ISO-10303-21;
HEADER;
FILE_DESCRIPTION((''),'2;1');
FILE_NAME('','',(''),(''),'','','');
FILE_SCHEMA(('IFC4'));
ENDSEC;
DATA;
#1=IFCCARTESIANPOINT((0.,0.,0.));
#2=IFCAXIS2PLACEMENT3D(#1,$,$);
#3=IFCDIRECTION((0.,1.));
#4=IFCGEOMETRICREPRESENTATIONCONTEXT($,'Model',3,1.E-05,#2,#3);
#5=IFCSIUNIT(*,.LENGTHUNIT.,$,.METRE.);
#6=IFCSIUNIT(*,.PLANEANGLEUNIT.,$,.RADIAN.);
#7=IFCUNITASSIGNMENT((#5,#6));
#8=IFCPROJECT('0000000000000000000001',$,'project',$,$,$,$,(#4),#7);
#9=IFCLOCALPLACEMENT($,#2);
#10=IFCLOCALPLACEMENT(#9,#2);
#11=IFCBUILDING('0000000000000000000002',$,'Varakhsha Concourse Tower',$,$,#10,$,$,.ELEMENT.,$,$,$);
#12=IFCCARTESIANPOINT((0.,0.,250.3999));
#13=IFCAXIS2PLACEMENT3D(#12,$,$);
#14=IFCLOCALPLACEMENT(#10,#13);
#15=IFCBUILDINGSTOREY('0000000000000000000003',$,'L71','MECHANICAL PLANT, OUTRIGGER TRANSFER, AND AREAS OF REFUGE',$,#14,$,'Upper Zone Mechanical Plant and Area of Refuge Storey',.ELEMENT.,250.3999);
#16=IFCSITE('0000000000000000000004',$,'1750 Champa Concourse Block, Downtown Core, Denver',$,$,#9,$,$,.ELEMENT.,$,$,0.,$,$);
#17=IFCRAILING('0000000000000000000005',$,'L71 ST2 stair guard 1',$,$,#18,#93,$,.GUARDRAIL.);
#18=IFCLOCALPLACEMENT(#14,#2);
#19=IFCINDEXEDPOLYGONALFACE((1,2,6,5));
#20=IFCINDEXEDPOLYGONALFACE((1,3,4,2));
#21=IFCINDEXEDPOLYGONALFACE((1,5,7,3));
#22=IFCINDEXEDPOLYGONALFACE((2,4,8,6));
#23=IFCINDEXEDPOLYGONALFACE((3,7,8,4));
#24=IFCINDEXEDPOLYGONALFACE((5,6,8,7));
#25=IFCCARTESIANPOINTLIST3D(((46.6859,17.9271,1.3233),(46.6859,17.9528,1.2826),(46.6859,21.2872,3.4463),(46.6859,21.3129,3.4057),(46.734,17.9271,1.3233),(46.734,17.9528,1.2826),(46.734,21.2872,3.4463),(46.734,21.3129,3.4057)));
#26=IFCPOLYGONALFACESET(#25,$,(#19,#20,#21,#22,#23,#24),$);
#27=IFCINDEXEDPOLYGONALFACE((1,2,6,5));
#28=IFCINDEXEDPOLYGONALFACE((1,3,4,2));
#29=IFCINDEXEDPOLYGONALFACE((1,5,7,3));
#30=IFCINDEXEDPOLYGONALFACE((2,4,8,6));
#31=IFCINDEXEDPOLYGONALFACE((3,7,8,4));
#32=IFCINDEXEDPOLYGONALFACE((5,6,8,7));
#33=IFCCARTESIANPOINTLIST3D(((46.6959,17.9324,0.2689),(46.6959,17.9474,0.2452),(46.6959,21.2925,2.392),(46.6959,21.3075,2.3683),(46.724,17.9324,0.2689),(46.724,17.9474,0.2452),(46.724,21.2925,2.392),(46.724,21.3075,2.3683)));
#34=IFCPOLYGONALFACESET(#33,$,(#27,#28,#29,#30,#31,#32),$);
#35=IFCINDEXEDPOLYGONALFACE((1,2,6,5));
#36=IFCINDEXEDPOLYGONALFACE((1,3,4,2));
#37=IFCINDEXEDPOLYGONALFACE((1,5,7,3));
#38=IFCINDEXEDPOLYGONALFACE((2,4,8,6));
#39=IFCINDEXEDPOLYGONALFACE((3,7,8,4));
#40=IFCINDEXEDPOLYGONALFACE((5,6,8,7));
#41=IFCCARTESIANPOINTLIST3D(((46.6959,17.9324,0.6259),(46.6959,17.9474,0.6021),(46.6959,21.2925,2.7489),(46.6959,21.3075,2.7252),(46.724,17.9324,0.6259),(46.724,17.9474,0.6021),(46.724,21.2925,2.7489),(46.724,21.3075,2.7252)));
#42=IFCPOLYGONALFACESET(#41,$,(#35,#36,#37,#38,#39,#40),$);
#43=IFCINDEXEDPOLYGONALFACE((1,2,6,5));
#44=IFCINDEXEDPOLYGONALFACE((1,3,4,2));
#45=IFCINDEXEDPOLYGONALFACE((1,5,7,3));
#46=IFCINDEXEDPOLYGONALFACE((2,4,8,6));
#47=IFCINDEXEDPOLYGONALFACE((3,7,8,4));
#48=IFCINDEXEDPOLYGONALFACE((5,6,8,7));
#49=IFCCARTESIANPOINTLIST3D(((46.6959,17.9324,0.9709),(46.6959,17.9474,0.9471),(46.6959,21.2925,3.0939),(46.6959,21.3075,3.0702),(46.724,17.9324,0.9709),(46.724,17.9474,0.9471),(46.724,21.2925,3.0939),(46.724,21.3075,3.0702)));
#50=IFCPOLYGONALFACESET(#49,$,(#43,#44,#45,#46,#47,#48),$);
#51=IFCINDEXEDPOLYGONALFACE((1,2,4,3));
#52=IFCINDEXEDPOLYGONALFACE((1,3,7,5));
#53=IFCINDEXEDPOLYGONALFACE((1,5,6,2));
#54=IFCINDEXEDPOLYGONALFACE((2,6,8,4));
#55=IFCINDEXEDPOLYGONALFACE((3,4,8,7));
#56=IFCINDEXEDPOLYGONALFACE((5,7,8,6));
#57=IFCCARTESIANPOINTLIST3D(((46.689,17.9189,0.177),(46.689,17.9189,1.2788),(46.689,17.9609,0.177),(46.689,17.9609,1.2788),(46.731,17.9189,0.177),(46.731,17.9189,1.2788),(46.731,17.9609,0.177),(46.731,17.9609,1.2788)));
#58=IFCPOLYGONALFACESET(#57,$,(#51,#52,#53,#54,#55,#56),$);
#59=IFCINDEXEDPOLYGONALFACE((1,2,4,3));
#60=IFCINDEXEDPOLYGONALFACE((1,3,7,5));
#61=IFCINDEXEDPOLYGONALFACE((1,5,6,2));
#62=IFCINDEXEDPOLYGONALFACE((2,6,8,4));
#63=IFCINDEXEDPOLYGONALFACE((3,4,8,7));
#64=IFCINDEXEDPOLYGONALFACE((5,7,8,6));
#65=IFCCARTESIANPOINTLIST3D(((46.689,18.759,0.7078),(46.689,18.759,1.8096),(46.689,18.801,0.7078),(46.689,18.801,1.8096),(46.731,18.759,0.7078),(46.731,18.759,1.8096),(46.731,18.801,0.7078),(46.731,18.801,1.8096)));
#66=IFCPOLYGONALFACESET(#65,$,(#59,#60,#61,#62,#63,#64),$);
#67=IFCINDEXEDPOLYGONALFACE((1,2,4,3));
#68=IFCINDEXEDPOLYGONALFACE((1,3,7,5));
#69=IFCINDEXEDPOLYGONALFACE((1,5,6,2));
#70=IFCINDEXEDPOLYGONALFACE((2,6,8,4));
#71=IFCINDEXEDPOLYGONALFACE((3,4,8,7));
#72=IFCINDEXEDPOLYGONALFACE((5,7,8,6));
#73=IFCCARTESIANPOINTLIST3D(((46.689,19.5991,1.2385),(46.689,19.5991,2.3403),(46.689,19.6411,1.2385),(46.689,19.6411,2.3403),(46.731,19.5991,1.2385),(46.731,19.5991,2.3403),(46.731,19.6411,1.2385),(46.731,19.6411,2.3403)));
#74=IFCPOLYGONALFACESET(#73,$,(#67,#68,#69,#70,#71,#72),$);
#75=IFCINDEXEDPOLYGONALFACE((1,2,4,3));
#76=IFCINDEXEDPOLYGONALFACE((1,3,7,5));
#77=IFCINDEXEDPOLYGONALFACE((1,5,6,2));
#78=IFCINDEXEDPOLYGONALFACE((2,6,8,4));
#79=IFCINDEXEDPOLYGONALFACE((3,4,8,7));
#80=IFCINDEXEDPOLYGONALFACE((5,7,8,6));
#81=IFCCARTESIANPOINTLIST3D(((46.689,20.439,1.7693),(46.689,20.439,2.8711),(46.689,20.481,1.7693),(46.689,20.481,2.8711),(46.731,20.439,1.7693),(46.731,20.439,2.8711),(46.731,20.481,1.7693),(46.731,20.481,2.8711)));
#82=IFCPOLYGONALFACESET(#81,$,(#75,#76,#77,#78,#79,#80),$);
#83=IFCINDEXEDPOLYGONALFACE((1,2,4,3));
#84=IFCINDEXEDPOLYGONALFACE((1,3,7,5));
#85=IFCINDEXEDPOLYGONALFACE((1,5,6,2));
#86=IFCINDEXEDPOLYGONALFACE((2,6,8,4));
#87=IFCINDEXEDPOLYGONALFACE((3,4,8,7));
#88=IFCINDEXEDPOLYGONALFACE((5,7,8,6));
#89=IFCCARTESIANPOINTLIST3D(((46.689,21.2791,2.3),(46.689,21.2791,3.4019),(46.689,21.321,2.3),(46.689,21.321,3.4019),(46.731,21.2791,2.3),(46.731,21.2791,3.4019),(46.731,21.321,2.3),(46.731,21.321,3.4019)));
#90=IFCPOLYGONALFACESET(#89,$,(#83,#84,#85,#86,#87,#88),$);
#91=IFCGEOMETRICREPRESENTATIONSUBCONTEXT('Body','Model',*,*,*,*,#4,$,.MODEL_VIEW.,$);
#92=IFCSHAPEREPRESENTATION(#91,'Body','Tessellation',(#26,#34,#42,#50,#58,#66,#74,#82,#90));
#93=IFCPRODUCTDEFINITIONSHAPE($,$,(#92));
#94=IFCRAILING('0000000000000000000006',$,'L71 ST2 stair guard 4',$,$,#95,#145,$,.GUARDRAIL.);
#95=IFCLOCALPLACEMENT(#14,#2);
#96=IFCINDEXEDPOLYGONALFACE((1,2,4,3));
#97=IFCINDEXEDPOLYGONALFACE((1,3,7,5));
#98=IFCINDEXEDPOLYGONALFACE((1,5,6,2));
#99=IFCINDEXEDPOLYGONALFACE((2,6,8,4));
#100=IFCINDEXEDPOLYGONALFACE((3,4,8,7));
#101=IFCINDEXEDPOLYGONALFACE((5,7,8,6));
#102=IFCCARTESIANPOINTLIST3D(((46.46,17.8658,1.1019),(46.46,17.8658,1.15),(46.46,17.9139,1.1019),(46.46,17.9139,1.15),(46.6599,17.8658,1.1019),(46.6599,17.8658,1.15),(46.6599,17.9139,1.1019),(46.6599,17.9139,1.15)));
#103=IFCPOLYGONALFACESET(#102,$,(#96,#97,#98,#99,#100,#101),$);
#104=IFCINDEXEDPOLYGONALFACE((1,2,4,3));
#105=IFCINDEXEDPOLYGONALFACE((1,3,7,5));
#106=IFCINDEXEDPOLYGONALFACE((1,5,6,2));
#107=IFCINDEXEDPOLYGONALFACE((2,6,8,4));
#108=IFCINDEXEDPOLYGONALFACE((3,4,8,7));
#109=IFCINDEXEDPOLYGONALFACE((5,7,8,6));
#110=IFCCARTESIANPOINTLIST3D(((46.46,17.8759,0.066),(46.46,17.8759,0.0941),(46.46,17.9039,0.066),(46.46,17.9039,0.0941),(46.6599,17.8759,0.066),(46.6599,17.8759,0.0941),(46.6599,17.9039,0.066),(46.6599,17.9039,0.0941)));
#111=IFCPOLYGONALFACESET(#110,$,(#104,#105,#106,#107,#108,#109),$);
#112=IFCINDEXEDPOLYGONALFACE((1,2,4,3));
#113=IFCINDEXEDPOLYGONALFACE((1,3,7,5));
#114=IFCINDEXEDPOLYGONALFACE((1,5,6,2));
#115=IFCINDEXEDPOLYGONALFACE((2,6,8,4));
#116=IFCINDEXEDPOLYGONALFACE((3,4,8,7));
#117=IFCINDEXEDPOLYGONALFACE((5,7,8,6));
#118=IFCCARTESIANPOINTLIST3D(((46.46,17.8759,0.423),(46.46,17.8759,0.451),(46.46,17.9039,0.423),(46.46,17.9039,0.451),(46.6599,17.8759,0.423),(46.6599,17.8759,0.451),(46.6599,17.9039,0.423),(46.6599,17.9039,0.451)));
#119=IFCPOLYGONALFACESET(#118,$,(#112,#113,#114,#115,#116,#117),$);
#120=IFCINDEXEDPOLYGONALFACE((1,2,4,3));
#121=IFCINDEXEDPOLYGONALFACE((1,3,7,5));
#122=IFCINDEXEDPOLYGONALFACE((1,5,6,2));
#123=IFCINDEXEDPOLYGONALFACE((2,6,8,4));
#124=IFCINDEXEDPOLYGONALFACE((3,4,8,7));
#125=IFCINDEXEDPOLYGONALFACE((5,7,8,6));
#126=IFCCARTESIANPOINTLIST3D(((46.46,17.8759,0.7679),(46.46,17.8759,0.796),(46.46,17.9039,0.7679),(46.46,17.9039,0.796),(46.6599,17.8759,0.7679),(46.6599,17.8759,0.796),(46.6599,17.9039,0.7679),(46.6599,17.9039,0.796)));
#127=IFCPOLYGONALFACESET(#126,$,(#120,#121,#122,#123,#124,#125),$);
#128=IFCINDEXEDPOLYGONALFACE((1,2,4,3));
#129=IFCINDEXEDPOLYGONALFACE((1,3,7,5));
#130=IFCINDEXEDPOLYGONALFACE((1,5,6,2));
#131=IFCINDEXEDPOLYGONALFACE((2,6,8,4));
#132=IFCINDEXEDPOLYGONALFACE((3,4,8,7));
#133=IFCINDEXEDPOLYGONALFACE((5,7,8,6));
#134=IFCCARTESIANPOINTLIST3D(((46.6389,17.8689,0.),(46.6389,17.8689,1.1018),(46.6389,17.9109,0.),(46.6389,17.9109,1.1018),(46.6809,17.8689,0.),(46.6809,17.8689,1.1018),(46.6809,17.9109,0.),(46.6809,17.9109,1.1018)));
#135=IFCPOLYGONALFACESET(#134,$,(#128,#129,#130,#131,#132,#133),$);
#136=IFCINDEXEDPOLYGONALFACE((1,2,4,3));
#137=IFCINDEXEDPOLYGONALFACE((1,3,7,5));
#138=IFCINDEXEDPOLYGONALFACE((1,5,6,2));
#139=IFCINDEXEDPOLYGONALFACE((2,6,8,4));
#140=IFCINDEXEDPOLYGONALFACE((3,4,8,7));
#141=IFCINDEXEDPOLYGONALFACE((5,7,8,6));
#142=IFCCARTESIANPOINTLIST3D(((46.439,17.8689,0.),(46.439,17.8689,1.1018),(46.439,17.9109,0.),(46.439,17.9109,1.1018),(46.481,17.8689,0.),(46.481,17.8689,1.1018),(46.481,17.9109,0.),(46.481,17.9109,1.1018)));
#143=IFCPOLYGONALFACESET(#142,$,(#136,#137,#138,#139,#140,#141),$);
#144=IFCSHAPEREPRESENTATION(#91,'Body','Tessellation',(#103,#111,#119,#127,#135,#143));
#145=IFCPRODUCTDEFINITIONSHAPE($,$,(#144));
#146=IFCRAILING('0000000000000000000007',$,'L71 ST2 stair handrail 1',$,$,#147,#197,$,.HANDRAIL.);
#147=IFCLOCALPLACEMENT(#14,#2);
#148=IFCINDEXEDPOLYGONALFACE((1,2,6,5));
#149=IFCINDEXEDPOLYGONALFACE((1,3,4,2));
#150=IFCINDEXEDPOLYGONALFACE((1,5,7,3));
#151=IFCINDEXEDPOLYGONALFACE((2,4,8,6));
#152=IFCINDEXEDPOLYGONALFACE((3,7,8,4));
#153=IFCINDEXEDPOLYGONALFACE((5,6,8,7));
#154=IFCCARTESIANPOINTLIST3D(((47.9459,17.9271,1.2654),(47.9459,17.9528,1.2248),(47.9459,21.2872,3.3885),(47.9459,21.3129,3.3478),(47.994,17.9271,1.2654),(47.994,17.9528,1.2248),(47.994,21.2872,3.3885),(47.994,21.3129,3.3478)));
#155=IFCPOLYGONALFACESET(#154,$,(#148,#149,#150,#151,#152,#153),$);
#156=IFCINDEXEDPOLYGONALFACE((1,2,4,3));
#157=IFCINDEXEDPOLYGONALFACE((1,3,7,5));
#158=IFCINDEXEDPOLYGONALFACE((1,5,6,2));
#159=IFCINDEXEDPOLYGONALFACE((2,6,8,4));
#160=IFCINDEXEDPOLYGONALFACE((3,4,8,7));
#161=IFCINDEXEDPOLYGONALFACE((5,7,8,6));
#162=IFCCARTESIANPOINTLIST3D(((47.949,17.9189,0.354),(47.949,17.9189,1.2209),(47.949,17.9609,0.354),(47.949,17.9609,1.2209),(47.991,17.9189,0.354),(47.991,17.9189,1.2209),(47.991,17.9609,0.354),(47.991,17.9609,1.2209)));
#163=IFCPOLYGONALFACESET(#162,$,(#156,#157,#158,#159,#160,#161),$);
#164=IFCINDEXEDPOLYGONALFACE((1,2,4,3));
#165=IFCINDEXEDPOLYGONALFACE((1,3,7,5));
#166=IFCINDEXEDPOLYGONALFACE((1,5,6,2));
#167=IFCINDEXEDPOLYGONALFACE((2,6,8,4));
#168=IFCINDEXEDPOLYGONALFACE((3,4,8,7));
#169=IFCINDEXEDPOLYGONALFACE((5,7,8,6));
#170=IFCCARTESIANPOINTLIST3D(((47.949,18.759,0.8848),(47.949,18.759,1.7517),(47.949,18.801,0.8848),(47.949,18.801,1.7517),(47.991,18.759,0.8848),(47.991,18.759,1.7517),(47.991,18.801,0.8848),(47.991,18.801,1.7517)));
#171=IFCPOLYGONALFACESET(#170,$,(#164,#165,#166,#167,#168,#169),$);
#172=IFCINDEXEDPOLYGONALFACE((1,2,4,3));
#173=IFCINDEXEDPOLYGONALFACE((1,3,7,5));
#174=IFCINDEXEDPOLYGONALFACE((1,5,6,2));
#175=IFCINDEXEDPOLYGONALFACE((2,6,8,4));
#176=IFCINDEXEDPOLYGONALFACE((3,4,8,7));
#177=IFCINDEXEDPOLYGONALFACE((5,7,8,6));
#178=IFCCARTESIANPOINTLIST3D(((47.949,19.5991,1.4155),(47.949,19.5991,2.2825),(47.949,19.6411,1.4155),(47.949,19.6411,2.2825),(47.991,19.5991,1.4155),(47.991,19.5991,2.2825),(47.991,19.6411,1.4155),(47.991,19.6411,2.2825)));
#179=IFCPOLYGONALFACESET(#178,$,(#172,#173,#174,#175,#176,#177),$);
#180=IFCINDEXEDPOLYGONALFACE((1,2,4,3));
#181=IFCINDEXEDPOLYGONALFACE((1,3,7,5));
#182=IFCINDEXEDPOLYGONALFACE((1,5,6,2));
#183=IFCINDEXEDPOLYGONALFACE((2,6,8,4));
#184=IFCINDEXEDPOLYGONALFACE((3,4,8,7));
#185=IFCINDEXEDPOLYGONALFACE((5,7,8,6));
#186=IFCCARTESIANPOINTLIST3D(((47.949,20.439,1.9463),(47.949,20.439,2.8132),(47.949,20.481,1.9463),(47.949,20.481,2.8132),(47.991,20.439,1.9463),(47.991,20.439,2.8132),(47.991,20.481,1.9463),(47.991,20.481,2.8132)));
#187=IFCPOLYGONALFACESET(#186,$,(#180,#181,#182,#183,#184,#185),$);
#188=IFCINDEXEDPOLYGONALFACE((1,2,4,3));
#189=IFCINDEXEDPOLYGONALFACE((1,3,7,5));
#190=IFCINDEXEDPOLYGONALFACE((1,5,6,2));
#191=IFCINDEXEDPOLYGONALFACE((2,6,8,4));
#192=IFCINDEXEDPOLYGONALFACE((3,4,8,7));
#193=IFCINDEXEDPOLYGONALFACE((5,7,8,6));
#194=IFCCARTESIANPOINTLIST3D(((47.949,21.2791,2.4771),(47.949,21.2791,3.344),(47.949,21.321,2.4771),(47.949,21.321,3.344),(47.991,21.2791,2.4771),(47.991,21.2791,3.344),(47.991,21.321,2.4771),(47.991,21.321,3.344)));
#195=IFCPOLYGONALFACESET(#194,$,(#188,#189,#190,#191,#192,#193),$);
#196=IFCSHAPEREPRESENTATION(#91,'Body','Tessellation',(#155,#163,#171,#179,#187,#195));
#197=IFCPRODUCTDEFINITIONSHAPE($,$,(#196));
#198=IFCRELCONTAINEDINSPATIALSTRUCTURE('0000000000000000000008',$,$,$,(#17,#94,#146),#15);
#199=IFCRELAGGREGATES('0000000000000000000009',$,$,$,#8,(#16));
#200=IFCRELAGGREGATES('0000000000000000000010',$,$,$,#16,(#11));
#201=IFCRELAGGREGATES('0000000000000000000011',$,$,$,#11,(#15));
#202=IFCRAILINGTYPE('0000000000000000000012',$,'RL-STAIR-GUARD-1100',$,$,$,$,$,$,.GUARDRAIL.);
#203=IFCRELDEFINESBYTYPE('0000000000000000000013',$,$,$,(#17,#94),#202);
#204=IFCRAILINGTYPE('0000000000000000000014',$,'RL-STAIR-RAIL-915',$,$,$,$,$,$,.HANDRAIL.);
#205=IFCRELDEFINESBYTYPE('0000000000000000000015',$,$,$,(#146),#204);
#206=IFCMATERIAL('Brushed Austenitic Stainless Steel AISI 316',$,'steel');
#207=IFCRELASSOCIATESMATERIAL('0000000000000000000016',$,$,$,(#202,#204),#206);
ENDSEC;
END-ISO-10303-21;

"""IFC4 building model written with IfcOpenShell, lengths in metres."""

from ifc_helpers import new_model, si_unit, direction, frame, origin, origin_2d, place, context, subcontext, project, spatial, rectangle, extrude, material, type_object, element, save


model = new_model("IFC4")

# Units and contexts
model_context = context("Model", 3, precision=1e-05, world=origin(), true_north=direction((0.0, 1.0)))
body_context = subcontext(model_context, "Body", "Model", "MODEL_VIEW")
ifc_project = project(units=[si_unit("LENGTHUNIT", "METRE"), si_unit("PLANEANGLEUNIT", "RADIAN")], contexts=[model_context])

# Site, building, storey
site_placement = place(None, origin())
site = spatial("IfcSite", under=ifc_project, at=site_placement, Name="1750 Champa Concourse Block, Downtown Core, Denver", CompositionType="ELEMENT", RefElevation=0.0)
building_placement = place(site_placement, origin())
building = spatial("IfcBuilding", under=site, at=building_placement, Name="Varakhsha Concourse Tower", CompositionType="ELEMENT")
storey_placement = place(building_placement, frame((0.0, 0.0, 250.3999)))
storey = spatial("IfcBuildingStorey", under=building, at=storey_placement, Name="L71", Description="MECHANICAL PLANT, OUTRIGGER TRANSFER, AND AREAS OF REFUGE", LongName="Upper Zone Mechanical Plant and Area of Refuge Storey", CompositionType="ELEMENT", Elevation=250.3999)

# Railings
ifc_material_1 = material(Name="Brushed Austenitic Stainless Steel AISI 316", Category="steel")
railing_type_1 = type_object("IfcRailingType", Name="RL-STAIR-GUARD-1100", PredefinedType="GUARDRAIL", material=ifc_material_1)
railing_1_placement = place(storey_placement, frame((46.71, 17.9399, 0.177)))
element("IfcRailing", 1, at=railing_1_placement, inside=storey, type_object=railing_type_1, Name="L71 ST2 stair guard 1", PredefinedType="GUARDRAIL", context=body_context, shape_type="SweptSolid", body=[
    extrude(rectangle(XDim=0.0481, YDim=0.0481, at=origin_2d()), frame((0.0, 0.0, 1.126), z_axis=(0.0, 0.84539, 0.53415), x_axis=(-1.0, 0.0, 0.0)), (0.0, 0.0, 1.0), 3.9746),
    extrude(rectangle(XDim=0.0281, YDim=0.0281, at=origin_2d()), frame((0.0, 0.0, 0.0801), z_axis=(0.0, 0.84539, 0.53415), x_axis=(-1.0, 0.0, 0.0)), (0.0, 0.0, 1.0), 3.9746),
    extrude(rectangle(XDim=0.0281, YDim=0.0281, at=origin_2d()), frame((0.0, 0.0, 0.437), z_axis=(0.0, 0.84539, 0.53415), x_axis=(-1.0, 0.0, 0.0)), (0.0, 0.0, 1.0), 3.9746),
    extrude(rectangle(XDim=0.0281, YDim=0.0281, at=origin_2d()), frame((0.0, 0.0, 0.782), z_axis=(0.0, 0.84539, 0.53415), x_axis=(-1.0, 0.0, 0.0)), (0.0, 0.0, 1.0), 3.9746),
    extrude(rectangle(XDim=0.042, YDim=0.042, at=origin_2d()), origin(), (0.0, 0.0, 1.0), 1.1018),
    extrude(rectangle(XDim=0.042, YDim=0.042, at=origin_2d()), frame((0.0, 0.8401, 0.5308)), (0.0, 0.0, 1.0), 1.1018),
    extrude(rectangle(XDim=0.042, YDim=0.042, at=origin_2d()), frame((0.0, 1.6802, 1.0615)), (0.0, 0.0, 1.0), 1.1018),
    extrude(rectangle(XDim=0.042, YDim=0.042, at=origin_2d()), frame((0.0, 2.52, 1.5923)), (0.0, 0.0, 1.0), 1.1018),
    extrude(rectangle(XDim=0.042, YDim=0.042, at=origin_2d()), frame((0.0, 3.3601, 2.123)), (0.0, 0.0, 1.0), 1.1018),
])
railing_2_placement = place(storey_placement, frame((46.6599, 17.8899, 0.0)))
element("IfcRailing", 2, at=railing_2_placement, inside=storey, type_object=railing_type_1, Name="L71 ST2 stair guard 4", PredefinedType="GUARDRAIL", context=body_context, shape_type="SweptSolid", body=[
    extrude(rectangle(XDim=0.0481, YDim=0.0481, at=origin_2d()), frame((0.0, 0.0, 1.126), z_axis=(-1.0, 0.0, 0.0), x_axis=(0.0, -1.0, 0.0)), (0.0, 0.0, 1.0), 0.2),
    extrude(rectangle(XDim=0.0281, YDim=0.0281, at=origin_2d()), frame((0.0, 0.0, 0.0801), z_axis=(-1.0, 0.0, 0.0), x_axis=(0.0, -1.0, 0.0)), (0.0, 0.0, 1.0), 0.2),
    extrude(rectangle(XDim=0.0281, YDim=0.0281, at=origin_2d()), frame((0.0, 0.0, 0.437), z_axis=(-1.0, 0.0, 0.0), x_axis=(0.0, -1.0, 0.0)), (0.0, 0.0, 1.0), 0.2),
    extrude(rectangle(XDim=0.0281, YDim=0.0281, at=origin_2d()), frame((0.0, 0.0, 0.782), z_axis=(-1.0, 0.0, 0.0), x_axis=(0.0, -1.0, 0.0)), (0.0, 0.0, 1.0), 0.2),
    extrude(rectangle(XDim=0.042, YDim=0.042, at=origin_2d()), origin(), (0.0, 0.0, 1.0), 1.1018),
    extrude(rectangle(XDim=0.042, YDim=0.042, at=origin_2d()), frame((-0.2, 0.0, 0.0)), (0.0, 0.0, 1.0), 1.1018),
])
railing_type_2 = type_object("IfcRailingType", Name="RL-STAIR-RAIL-915", PredefinedType="HANDRAIL", material=ifc_material_1)
railing_3_placement = place(storey_placement, frame((47.97, 17.9399, 0.354)))
element("IfcRailing", 3, at=railing_3_placement, inside=storey, type_object=railing_type_2, Name="L71 ST2 stair handrail 1", PredefinedType="HANDRAIL", context=body_context, shape_type="SweptSolid", body=[
    extrude(rectangle(XDim=0.0481, YDim=0.0481, at=origin_2d()), frame((0.0, 0.0, 0.8911), z_axis=(0.0, 0.84539, 0.53415), x_axis=(-1.0, 0.0, 0.0)), (0.0, 0.0, 1.0), 3.9746),
    extrude(rectangle(XDim=0.042, YDim=0.042, at=origin_2d()), origin(), (0.0, 0.0, 1.0), 0.8669),
    extrude(rectangle(XDim=0.042, YDim=0.042, at=origin_2d()), frame((0.0, 0.8401, 0.5308)), (0.0, 0.0, 1.0), 0.8669),
    extrude(rectangle(XDim=0.042, YDim=0.042, at=origin_2d()), frame((0.0, 1.6802, 1.0615)), (0.0, 0.0, 1.0), 0.8669),
    extrude(rectangle(XDim=0.042, YDim=0.042, at=origin_2d()), frame((0.0, 2.52, 1.5923)), (0.0, 0.0, 1.0), 0.8669),
    extrude(rectangle(XDim=0.042, YDim=0.042, at=origin_2d()), frame((0.0, 3.3601, 2.123)), (0.0, 0.0, 1.0), 0.8669),
])

save(model, "model.ifc")
